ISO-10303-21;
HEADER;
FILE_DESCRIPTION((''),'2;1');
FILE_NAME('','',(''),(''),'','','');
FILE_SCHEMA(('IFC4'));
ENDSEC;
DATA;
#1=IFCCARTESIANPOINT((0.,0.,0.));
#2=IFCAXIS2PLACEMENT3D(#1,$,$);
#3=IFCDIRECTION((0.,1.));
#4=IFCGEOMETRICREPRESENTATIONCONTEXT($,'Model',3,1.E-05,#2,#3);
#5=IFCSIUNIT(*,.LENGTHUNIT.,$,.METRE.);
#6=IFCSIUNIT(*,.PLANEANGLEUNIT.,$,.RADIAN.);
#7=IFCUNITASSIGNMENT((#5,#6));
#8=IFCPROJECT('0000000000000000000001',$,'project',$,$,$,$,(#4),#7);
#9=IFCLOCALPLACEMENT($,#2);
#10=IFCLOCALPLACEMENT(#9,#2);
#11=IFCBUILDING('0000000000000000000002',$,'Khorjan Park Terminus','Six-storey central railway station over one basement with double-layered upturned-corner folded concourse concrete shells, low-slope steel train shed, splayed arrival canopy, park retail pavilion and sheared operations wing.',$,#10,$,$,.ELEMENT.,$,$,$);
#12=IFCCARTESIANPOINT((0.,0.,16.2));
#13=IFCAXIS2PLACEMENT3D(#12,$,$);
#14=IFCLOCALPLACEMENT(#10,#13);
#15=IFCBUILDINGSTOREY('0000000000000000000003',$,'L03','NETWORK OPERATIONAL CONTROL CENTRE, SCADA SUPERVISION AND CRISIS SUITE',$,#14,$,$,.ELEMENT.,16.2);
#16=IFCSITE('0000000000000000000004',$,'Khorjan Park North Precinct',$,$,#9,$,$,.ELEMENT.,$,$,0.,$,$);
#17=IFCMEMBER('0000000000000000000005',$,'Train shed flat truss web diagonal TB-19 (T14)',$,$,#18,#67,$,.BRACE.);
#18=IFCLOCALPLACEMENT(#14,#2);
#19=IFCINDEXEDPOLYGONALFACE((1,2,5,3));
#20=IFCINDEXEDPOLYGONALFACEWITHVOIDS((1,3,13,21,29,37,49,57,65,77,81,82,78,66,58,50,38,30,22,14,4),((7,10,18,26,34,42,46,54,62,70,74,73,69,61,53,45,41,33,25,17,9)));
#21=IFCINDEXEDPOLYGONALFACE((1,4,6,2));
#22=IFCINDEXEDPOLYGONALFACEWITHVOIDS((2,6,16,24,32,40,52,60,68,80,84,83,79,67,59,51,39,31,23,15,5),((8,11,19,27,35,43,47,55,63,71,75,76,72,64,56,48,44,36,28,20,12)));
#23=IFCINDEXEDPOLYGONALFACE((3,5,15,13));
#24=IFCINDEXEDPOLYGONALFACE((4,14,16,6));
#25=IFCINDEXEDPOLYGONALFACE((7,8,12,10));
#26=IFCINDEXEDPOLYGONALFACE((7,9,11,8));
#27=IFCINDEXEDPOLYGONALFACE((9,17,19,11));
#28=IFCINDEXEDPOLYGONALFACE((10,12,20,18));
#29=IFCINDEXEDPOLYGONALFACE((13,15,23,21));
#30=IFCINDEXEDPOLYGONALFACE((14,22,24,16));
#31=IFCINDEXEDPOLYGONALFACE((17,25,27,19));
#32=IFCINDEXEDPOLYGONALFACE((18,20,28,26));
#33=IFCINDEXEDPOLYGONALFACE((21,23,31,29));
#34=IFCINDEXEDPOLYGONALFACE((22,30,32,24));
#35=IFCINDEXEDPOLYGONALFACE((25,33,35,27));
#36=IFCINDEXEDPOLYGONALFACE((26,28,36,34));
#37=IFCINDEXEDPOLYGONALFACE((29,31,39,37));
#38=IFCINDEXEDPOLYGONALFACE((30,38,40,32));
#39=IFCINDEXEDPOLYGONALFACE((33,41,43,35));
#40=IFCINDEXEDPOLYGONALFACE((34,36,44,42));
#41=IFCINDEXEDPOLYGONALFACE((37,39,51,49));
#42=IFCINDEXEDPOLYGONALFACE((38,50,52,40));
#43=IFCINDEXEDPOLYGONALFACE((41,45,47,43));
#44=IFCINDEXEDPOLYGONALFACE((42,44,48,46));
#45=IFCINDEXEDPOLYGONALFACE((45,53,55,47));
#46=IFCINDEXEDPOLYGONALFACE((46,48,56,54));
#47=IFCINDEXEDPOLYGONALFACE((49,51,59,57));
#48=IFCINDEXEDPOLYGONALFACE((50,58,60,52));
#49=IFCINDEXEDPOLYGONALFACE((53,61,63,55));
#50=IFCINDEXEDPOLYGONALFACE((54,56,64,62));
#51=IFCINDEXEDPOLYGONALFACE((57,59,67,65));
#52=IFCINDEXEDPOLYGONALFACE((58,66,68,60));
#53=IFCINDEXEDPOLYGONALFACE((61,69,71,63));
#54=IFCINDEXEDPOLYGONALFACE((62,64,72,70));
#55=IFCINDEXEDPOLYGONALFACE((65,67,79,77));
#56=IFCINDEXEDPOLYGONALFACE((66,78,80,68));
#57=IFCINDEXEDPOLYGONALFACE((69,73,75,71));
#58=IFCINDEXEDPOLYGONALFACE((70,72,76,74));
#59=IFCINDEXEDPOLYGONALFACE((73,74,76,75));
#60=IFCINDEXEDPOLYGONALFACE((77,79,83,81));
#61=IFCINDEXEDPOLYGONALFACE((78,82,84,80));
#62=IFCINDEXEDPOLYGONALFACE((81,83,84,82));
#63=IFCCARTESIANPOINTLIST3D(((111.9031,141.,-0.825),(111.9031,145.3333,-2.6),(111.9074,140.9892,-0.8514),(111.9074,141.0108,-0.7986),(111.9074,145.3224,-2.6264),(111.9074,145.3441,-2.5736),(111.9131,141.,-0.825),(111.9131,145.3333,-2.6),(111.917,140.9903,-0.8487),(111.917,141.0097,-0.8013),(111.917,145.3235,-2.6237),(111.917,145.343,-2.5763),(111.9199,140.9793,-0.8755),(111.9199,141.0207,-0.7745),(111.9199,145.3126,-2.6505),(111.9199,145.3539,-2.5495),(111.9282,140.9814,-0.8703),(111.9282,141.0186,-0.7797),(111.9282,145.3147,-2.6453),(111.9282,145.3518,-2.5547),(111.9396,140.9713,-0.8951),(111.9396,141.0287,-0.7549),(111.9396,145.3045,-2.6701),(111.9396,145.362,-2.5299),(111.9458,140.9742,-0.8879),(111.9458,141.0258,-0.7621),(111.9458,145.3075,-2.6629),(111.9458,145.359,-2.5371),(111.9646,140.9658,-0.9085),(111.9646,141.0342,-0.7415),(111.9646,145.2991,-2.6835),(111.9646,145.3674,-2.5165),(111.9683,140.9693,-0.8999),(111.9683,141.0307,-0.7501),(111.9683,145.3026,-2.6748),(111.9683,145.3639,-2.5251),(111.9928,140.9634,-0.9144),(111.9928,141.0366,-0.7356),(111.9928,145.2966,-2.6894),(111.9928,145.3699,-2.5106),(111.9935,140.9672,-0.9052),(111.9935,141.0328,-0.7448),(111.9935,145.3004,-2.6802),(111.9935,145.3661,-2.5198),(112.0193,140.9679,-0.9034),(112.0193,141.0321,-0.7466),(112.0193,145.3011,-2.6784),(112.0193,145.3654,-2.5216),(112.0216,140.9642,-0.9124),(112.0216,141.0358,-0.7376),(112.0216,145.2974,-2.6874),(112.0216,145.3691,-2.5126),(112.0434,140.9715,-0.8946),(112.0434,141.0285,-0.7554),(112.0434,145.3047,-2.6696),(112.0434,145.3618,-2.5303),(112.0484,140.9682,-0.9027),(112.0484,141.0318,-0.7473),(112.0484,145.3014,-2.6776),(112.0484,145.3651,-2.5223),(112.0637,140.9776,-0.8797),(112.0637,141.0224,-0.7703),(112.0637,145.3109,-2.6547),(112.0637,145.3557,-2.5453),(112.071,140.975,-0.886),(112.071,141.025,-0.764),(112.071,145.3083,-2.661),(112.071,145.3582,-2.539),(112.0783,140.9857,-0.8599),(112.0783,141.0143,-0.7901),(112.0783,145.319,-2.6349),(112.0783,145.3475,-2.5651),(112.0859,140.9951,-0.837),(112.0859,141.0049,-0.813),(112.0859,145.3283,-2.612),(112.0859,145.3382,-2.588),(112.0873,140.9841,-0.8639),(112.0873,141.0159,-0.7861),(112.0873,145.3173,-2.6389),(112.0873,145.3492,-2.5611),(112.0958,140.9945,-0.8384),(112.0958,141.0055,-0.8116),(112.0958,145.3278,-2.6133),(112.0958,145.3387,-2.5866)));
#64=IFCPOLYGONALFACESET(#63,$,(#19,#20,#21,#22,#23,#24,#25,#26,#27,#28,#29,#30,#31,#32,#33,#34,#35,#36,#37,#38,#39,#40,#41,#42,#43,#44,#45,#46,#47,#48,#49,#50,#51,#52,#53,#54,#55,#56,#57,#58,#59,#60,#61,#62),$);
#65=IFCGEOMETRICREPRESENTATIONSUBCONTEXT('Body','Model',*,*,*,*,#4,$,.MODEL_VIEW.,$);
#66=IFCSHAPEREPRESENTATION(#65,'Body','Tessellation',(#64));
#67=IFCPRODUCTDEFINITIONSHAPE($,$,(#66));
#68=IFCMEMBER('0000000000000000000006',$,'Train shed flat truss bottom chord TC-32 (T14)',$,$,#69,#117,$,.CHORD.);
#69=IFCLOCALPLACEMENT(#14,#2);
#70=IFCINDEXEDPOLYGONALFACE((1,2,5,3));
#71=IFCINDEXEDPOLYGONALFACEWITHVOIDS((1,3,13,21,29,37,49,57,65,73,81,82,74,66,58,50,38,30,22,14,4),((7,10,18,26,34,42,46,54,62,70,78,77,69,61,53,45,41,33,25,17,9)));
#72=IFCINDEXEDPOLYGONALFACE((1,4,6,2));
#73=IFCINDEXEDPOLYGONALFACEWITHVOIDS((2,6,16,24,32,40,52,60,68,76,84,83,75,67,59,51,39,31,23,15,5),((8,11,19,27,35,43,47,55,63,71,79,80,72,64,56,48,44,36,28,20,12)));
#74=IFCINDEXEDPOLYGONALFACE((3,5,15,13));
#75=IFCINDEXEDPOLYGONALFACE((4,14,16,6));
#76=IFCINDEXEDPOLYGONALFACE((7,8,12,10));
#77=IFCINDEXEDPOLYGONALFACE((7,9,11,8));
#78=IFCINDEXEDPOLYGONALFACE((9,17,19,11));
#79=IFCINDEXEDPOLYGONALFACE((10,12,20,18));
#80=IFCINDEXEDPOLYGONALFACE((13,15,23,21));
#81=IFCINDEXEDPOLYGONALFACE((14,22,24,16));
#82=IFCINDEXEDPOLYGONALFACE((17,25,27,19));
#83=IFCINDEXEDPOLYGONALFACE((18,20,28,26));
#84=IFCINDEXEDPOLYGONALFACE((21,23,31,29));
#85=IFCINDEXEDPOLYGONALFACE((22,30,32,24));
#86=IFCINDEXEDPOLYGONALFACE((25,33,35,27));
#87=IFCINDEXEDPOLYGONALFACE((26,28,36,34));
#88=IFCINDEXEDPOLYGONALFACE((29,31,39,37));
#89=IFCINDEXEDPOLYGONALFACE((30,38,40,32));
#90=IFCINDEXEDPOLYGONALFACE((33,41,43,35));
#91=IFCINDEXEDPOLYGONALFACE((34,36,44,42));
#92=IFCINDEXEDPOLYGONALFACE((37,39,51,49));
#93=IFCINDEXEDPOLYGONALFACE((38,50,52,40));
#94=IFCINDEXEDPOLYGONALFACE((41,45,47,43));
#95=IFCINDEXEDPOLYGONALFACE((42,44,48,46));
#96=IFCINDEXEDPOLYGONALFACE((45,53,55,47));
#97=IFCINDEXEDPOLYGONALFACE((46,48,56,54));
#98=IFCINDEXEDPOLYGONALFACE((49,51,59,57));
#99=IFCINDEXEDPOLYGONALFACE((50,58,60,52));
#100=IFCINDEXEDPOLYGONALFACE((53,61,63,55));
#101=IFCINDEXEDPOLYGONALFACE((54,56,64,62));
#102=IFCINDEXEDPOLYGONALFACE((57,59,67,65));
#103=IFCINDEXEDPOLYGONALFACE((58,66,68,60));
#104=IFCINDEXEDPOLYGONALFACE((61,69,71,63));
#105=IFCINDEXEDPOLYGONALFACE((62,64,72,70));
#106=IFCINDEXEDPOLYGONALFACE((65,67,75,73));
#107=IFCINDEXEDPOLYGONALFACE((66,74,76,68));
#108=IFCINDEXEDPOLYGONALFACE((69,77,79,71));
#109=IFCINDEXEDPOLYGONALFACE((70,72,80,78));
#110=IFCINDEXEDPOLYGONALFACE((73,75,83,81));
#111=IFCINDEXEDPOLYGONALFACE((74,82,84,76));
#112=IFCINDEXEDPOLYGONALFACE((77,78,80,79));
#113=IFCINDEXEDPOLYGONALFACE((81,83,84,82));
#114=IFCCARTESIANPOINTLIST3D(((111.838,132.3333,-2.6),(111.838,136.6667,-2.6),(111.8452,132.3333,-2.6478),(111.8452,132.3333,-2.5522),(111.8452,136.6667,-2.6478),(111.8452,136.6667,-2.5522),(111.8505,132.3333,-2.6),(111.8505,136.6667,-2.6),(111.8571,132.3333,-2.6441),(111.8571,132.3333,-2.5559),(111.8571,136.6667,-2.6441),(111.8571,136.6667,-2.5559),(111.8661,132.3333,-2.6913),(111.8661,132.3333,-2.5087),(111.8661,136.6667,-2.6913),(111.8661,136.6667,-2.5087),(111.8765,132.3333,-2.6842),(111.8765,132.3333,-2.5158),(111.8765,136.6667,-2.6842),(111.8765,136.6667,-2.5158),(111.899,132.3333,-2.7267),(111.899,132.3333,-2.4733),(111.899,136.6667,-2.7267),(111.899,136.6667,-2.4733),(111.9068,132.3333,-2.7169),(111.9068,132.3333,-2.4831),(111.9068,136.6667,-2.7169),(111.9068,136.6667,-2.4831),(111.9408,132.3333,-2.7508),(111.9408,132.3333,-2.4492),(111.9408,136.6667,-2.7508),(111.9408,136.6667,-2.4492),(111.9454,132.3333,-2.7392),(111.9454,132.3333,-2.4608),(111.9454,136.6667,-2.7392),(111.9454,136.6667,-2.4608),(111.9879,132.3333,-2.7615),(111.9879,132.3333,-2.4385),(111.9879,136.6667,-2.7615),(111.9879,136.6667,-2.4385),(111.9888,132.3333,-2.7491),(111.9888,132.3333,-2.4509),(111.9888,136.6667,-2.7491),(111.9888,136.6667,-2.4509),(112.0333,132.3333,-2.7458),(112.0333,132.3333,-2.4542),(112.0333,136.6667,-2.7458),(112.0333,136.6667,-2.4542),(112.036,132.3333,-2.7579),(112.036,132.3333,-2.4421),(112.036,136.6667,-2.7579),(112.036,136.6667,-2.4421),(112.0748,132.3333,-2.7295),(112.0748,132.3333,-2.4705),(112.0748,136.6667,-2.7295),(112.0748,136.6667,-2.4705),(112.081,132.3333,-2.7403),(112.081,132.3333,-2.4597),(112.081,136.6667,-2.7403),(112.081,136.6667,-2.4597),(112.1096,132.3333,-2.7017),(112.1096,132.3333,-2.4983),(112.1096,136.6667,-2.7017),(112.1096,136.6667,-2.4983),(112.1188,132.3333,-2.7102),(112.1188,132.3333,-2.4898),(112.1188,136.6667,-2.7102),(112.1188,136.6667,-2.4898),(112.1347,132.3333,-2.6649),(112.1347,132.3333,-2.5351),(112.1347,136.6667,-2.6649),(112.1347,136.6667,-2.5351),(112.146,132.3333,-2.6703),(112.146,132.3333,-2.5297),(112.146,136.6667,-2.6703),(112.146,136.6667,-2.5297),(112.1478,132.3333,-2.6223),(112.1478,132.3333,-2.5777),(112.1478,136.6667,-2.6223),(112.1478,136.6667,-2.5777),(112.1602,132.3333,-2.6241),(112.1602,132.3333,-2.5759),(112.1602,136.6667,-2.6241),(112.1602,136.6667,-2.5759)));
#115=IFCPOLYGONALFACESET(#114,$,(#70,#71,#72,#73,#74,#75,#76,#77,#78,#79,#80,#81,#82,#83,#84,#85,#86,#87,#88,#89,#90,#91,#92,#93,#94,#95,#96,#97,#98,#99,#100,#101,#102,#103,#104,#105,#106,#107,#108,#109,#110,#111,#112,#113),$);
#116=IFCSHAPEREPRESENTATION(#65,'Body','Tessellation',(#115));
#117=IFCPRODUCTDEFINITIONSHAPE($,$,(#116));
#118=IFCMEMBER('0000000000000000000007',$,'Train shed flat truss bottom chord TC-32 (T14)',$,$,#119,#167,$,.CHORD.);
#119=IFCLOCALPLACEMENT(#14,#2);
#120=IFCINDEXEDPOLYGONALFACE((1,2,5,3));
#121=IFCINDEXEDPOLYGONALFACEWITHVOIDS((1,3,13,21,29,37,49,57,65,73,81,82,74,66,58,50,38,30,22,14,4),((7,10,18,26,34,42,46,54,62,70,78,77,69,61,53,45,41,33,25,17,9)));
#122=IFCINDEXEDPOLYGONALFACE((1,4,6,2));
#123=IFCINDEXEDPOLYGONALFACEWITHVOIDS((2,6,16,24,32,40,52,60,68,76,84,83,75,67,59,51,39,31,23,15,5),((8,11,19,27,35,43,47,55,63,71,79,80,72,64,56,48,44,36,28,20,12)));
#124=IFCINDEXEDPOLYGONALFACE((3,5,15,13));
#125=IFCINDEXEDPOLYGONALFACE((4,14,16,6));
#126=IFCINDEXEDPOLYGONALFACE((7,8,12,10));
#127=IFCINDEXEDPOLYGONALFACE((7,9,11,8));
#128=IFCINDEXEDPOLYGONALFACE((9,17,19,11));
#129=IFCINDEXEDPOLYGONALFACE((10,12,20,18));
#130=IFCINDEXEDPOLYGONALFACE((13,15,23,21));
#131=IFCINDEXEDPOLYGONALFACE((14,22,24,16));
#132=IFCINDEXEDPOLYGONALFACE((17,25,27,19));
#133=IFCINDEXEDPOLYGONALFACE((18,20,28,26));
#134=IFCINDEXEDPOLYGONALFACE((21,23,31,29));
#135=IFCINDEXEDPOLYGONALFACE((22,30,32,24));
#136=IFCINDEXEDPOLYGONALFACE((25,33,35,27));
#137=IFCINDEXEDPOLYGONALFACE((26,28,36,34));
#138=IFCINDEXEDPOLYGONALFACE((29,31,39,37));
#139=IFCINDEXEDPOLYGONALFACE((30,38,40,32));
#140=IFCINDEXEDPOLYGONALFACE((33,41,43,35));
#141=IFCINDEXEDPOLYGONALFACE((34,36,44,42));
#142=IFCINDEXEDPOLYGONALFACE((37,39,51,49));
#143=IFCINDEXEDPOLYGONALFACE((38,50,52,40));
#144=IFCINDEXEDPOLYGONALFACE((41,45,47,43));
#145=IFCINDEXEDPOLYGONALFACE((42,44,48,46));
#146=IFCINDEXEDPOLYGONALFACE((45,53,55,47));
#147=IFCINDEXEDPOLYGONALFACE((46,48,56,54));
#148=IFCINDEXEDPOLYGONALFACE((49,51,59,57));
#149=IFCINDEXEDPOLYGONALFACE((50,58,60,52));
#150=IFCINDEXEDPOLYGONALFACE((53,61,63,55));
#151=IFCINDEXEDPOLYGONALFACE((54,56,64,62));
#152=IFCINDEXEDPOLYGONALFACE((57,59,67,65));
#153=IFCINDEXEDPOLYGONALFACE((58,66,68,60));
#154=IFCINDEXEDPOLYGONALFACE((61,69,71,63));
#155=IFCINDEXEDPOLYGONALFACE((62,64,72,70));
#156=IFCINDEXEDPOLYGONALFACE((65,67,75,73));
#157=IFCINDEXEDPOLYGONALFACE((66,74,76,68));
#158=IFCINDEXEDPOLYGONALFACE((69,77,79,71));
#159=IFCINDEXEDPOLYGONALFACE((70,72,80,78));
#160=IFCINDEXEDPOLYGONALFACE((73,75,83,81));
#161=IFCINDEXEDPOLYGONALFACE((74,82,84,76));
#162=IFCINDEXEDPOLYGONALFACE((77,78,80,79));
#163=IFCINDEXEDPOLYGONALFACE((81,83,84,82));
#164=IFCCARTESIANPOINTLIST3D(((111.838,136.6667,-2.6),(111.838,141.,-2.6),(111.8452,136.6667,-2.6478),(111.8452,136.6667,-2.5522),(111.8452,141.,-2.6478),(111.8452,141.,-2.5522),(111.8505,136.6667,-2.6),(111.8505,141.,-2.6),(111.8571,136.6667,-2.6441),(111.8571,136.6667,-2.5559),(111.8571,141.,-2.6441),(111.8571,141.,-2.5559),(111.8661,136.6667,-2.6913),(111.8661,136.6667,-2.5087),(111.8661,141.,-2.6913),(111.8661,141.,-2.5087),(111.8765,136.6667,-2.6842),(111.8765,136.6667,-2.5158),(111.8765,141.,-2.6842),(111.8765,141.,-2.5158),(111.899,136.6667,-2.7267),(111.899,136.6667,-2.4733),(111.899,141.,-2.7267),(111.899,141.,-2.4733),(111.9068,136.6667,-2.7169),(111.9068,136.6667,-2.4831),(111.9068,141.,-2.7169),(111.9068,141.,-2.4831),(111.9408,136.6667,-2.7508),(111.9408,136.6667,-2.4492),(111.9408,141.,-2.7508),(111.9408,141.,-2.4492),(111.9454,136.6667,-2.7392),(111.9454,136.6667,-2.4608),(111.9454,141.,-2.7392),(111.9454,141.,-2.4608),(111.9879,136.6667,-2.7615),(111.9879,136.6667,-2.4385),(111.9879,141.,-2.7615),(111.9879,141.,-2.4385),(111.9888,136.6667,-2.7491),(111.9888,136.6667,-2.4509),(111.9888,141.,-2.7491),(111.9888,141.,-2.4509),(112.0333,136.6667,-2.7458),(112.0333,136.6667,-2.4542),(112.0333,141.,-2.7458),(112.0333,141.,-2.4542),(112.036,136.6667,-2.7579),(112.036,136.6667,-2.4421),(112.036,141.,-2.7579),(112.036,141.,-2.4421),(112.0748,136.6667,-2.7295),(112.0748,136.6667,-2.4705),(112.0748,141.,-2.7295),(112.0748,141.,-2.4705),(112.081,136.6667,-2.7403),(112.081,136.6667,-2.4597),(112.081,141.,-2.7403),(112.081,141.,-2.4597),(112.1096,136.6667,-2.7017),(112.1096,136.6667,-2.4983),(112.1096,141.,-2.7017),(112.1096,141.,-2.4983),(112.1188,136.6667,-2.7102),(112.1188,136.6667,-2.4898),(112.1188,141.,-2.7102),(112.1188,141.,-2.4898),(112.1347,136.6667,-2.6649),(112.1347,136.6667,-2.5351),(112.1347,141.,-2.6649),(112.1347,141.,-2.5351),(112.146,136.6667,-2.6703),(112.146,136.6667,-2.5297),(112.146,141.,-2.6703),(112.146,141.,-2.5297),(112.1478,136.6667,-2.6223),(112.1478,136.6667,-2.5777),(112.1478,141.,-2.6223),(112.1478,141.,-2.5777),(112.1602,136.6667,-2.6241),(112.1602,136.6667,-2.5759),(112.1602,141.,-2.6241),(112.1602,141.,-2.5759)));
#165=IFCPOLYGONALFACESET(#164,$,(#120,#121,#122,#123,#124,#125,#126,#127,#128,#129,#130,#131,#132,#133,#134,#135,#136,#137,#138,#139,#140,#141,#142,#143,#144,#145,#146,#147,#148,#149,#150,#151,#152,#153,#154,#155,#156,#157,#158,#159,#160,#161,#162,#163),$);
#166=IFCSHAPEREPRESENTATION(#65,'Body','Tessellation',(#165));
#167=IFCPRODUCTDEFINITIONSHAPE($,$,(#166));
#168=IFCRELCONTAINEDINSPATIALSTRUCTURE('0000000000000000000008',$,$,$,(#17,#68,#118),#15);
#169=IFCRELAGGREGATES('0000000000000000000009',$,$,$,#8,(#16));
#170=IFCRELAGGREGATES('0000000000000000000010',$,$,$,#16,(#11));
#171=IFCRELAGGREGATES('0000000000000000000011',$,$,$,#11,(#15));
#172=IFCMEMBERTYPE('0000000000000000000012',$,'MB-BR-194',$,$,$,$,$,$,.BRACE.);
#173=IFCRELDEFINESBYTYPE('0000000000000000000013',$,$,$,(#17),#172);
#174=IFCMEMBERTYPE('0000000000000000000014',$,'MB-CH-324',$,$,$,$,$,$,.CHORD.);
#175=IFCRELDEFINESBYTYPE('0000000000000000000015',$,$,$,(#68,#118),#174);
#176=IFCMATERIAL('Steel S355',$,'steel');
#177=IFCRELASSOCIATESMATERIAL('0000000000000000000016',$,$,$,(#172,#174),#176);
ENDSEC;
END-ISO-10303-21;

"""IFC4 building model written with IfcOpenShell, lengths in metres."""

from ifc_helpers import new_model, si_unit, direction, frame, origin, origin_2d, place, context, subcontext, project, spatial, hollow_circle, extrude, material, material_profile, profile_set, type_object, element, save


model = new_model("IFC4")

# Units and contexts
model_context = context("Model", 3, precision=1e-05, world=origin(), true_north=direction((0.0, 1.0)))
body_context = subcontext(model_context, "Body", "Model", "MODEL_VIEW")
ifc_project = project(units=[si_unit("LENGTHUNIT", "METRE"), si_unit("PLANEANGLEUNIT", "RADIAN")], contexts=[model_context])

# Site, building, storey
site_placement = place(None, origin())
site = spatial("IfcSite", under=ifc_project, at=site_placement, Name="Khorjan Park North Precinct", CompositionType="ELEMENT", RefElevation=0.0)
building_placement = place(site_placement, origin())
building = spatial("IfcBuilding", under=site, at=building_placement, Name="Khorjan Park Terminus", Description="Six-storey central railway station over one basement with double-layered upturned-corner folded concourse concrete shells, low-slope steel train shed, splayed arrival canopy, park retail pavilion and sheared operations wing.", CompositionType="ELEMENT")
storey_placement = place(building_placement, frame((0.0, 0.0, 16.2)))
storey = spatial("IfcBuildingStorey", under=building, at=storey_placement, Name="L03", Description="NETWORK OPERATIONAL CONTROL CENTRE, SCADA SUPERVISION AND CRISIS SUITE", CompositionType="ELEMENT", Elevation=16.2)

# Members
ifc_material_1 = material(Name="Steel S355", Category="steel")
ifc_material_profile_1 = material_profile(ifc_material_1, hollow_circle(Radius=0.0969, WallThickness=0.01, at=origin_2d()), Name="CHS 193.7x10")
ifc_profile_set_1 = profile_set([ifc_material_profile_1], Name="Steel S355")
member_type_1 = type_object("IfcMemberType", Name="MB-BR-194", PredefinedType="BRACE", material=ifc_profile_set_1)
for number, where, z_axis, x_axis, name in (
    (1, (112.0, 141.0, -0.825), (0.0, 0.925376, -0.379051), (-1.0, 0.0, 0.0), "Train shed flat truss web diagonal TB-19 (T14)"),
):
    element("IfcMember", number, at=place(storey_placement, frame(where, z_axis=z_axis, x_axis=x_axis)), inside=storey, type_object=member_type_1, Name=name, PredefinedType="BRACE", context=body_context, shape_type="SweptSolid", body=[
        extrude(hollow_circle(Radius=0.0969, WallThickness=0.01, at=origin_2d()), origin(), (0.0, 0.0, 1.0), 4.6827),
    ])
ifc_material_profile_2 = material_profile(ifc_material_1, hollow_circle(Radius=0.162, WallThickness=0.0125, at=origin_2d()), Name="CHS 323.9x12.5")
ifc_profile_set_2 = profile_set([ifc_material_profile_2], Name="Steel S355")
member_type_2 = type_object("IfcMemberType", Name="MB-CH-324", PredefinedType="CHORD", material=ifc_profile_set_2)
member_1_placement = place(storey_placement, frame((112.0, 132.3333, -2.6), z_axis=(0.0, 1.0, 0.0), x_axis=(-1.0, 0.0, 0.0)))
element("IfcMember", 2, at=member_1_placement, inside=storey, type_object=member_type_2, Name="Train shed flat truss bottom chord TC-32 (T14)", PredefinedType="CHORD", context=body_context, shape_type="SweptSolid", body=[
    extrude(hollow_circle(Radius=0.162, WallThickness=0.0125, at=origin_2d()), origin(), (0.0, 0.0, 1.0), 4.3334),
])
for number, where, z_axis, x_axis, name in (
    (3, (112.0, 136.6667, -2.6), (0.0, 1.0, 0.0), (-1.0, 0.0, 0.0), "Train shed flat truss bottom chord TC-32 (T14)"),
):
    element("IfcMember", number, at=place(storey_placement, frame(where, z_axis=z_axis, x_axis=x_axis)), inside=storey, type_object=member_type_2, Name=name, PredefinedType="CHORD", context=body_context, shape_type="SweptSolid", body=[
        extrude(hollow_circle(Radius=0.162, WallThickness=0.0125, at=origin_2d()), origin(), (0.0, 0.0, 1.0), 4.3333),
    ])

save(model, "model.ifc")
